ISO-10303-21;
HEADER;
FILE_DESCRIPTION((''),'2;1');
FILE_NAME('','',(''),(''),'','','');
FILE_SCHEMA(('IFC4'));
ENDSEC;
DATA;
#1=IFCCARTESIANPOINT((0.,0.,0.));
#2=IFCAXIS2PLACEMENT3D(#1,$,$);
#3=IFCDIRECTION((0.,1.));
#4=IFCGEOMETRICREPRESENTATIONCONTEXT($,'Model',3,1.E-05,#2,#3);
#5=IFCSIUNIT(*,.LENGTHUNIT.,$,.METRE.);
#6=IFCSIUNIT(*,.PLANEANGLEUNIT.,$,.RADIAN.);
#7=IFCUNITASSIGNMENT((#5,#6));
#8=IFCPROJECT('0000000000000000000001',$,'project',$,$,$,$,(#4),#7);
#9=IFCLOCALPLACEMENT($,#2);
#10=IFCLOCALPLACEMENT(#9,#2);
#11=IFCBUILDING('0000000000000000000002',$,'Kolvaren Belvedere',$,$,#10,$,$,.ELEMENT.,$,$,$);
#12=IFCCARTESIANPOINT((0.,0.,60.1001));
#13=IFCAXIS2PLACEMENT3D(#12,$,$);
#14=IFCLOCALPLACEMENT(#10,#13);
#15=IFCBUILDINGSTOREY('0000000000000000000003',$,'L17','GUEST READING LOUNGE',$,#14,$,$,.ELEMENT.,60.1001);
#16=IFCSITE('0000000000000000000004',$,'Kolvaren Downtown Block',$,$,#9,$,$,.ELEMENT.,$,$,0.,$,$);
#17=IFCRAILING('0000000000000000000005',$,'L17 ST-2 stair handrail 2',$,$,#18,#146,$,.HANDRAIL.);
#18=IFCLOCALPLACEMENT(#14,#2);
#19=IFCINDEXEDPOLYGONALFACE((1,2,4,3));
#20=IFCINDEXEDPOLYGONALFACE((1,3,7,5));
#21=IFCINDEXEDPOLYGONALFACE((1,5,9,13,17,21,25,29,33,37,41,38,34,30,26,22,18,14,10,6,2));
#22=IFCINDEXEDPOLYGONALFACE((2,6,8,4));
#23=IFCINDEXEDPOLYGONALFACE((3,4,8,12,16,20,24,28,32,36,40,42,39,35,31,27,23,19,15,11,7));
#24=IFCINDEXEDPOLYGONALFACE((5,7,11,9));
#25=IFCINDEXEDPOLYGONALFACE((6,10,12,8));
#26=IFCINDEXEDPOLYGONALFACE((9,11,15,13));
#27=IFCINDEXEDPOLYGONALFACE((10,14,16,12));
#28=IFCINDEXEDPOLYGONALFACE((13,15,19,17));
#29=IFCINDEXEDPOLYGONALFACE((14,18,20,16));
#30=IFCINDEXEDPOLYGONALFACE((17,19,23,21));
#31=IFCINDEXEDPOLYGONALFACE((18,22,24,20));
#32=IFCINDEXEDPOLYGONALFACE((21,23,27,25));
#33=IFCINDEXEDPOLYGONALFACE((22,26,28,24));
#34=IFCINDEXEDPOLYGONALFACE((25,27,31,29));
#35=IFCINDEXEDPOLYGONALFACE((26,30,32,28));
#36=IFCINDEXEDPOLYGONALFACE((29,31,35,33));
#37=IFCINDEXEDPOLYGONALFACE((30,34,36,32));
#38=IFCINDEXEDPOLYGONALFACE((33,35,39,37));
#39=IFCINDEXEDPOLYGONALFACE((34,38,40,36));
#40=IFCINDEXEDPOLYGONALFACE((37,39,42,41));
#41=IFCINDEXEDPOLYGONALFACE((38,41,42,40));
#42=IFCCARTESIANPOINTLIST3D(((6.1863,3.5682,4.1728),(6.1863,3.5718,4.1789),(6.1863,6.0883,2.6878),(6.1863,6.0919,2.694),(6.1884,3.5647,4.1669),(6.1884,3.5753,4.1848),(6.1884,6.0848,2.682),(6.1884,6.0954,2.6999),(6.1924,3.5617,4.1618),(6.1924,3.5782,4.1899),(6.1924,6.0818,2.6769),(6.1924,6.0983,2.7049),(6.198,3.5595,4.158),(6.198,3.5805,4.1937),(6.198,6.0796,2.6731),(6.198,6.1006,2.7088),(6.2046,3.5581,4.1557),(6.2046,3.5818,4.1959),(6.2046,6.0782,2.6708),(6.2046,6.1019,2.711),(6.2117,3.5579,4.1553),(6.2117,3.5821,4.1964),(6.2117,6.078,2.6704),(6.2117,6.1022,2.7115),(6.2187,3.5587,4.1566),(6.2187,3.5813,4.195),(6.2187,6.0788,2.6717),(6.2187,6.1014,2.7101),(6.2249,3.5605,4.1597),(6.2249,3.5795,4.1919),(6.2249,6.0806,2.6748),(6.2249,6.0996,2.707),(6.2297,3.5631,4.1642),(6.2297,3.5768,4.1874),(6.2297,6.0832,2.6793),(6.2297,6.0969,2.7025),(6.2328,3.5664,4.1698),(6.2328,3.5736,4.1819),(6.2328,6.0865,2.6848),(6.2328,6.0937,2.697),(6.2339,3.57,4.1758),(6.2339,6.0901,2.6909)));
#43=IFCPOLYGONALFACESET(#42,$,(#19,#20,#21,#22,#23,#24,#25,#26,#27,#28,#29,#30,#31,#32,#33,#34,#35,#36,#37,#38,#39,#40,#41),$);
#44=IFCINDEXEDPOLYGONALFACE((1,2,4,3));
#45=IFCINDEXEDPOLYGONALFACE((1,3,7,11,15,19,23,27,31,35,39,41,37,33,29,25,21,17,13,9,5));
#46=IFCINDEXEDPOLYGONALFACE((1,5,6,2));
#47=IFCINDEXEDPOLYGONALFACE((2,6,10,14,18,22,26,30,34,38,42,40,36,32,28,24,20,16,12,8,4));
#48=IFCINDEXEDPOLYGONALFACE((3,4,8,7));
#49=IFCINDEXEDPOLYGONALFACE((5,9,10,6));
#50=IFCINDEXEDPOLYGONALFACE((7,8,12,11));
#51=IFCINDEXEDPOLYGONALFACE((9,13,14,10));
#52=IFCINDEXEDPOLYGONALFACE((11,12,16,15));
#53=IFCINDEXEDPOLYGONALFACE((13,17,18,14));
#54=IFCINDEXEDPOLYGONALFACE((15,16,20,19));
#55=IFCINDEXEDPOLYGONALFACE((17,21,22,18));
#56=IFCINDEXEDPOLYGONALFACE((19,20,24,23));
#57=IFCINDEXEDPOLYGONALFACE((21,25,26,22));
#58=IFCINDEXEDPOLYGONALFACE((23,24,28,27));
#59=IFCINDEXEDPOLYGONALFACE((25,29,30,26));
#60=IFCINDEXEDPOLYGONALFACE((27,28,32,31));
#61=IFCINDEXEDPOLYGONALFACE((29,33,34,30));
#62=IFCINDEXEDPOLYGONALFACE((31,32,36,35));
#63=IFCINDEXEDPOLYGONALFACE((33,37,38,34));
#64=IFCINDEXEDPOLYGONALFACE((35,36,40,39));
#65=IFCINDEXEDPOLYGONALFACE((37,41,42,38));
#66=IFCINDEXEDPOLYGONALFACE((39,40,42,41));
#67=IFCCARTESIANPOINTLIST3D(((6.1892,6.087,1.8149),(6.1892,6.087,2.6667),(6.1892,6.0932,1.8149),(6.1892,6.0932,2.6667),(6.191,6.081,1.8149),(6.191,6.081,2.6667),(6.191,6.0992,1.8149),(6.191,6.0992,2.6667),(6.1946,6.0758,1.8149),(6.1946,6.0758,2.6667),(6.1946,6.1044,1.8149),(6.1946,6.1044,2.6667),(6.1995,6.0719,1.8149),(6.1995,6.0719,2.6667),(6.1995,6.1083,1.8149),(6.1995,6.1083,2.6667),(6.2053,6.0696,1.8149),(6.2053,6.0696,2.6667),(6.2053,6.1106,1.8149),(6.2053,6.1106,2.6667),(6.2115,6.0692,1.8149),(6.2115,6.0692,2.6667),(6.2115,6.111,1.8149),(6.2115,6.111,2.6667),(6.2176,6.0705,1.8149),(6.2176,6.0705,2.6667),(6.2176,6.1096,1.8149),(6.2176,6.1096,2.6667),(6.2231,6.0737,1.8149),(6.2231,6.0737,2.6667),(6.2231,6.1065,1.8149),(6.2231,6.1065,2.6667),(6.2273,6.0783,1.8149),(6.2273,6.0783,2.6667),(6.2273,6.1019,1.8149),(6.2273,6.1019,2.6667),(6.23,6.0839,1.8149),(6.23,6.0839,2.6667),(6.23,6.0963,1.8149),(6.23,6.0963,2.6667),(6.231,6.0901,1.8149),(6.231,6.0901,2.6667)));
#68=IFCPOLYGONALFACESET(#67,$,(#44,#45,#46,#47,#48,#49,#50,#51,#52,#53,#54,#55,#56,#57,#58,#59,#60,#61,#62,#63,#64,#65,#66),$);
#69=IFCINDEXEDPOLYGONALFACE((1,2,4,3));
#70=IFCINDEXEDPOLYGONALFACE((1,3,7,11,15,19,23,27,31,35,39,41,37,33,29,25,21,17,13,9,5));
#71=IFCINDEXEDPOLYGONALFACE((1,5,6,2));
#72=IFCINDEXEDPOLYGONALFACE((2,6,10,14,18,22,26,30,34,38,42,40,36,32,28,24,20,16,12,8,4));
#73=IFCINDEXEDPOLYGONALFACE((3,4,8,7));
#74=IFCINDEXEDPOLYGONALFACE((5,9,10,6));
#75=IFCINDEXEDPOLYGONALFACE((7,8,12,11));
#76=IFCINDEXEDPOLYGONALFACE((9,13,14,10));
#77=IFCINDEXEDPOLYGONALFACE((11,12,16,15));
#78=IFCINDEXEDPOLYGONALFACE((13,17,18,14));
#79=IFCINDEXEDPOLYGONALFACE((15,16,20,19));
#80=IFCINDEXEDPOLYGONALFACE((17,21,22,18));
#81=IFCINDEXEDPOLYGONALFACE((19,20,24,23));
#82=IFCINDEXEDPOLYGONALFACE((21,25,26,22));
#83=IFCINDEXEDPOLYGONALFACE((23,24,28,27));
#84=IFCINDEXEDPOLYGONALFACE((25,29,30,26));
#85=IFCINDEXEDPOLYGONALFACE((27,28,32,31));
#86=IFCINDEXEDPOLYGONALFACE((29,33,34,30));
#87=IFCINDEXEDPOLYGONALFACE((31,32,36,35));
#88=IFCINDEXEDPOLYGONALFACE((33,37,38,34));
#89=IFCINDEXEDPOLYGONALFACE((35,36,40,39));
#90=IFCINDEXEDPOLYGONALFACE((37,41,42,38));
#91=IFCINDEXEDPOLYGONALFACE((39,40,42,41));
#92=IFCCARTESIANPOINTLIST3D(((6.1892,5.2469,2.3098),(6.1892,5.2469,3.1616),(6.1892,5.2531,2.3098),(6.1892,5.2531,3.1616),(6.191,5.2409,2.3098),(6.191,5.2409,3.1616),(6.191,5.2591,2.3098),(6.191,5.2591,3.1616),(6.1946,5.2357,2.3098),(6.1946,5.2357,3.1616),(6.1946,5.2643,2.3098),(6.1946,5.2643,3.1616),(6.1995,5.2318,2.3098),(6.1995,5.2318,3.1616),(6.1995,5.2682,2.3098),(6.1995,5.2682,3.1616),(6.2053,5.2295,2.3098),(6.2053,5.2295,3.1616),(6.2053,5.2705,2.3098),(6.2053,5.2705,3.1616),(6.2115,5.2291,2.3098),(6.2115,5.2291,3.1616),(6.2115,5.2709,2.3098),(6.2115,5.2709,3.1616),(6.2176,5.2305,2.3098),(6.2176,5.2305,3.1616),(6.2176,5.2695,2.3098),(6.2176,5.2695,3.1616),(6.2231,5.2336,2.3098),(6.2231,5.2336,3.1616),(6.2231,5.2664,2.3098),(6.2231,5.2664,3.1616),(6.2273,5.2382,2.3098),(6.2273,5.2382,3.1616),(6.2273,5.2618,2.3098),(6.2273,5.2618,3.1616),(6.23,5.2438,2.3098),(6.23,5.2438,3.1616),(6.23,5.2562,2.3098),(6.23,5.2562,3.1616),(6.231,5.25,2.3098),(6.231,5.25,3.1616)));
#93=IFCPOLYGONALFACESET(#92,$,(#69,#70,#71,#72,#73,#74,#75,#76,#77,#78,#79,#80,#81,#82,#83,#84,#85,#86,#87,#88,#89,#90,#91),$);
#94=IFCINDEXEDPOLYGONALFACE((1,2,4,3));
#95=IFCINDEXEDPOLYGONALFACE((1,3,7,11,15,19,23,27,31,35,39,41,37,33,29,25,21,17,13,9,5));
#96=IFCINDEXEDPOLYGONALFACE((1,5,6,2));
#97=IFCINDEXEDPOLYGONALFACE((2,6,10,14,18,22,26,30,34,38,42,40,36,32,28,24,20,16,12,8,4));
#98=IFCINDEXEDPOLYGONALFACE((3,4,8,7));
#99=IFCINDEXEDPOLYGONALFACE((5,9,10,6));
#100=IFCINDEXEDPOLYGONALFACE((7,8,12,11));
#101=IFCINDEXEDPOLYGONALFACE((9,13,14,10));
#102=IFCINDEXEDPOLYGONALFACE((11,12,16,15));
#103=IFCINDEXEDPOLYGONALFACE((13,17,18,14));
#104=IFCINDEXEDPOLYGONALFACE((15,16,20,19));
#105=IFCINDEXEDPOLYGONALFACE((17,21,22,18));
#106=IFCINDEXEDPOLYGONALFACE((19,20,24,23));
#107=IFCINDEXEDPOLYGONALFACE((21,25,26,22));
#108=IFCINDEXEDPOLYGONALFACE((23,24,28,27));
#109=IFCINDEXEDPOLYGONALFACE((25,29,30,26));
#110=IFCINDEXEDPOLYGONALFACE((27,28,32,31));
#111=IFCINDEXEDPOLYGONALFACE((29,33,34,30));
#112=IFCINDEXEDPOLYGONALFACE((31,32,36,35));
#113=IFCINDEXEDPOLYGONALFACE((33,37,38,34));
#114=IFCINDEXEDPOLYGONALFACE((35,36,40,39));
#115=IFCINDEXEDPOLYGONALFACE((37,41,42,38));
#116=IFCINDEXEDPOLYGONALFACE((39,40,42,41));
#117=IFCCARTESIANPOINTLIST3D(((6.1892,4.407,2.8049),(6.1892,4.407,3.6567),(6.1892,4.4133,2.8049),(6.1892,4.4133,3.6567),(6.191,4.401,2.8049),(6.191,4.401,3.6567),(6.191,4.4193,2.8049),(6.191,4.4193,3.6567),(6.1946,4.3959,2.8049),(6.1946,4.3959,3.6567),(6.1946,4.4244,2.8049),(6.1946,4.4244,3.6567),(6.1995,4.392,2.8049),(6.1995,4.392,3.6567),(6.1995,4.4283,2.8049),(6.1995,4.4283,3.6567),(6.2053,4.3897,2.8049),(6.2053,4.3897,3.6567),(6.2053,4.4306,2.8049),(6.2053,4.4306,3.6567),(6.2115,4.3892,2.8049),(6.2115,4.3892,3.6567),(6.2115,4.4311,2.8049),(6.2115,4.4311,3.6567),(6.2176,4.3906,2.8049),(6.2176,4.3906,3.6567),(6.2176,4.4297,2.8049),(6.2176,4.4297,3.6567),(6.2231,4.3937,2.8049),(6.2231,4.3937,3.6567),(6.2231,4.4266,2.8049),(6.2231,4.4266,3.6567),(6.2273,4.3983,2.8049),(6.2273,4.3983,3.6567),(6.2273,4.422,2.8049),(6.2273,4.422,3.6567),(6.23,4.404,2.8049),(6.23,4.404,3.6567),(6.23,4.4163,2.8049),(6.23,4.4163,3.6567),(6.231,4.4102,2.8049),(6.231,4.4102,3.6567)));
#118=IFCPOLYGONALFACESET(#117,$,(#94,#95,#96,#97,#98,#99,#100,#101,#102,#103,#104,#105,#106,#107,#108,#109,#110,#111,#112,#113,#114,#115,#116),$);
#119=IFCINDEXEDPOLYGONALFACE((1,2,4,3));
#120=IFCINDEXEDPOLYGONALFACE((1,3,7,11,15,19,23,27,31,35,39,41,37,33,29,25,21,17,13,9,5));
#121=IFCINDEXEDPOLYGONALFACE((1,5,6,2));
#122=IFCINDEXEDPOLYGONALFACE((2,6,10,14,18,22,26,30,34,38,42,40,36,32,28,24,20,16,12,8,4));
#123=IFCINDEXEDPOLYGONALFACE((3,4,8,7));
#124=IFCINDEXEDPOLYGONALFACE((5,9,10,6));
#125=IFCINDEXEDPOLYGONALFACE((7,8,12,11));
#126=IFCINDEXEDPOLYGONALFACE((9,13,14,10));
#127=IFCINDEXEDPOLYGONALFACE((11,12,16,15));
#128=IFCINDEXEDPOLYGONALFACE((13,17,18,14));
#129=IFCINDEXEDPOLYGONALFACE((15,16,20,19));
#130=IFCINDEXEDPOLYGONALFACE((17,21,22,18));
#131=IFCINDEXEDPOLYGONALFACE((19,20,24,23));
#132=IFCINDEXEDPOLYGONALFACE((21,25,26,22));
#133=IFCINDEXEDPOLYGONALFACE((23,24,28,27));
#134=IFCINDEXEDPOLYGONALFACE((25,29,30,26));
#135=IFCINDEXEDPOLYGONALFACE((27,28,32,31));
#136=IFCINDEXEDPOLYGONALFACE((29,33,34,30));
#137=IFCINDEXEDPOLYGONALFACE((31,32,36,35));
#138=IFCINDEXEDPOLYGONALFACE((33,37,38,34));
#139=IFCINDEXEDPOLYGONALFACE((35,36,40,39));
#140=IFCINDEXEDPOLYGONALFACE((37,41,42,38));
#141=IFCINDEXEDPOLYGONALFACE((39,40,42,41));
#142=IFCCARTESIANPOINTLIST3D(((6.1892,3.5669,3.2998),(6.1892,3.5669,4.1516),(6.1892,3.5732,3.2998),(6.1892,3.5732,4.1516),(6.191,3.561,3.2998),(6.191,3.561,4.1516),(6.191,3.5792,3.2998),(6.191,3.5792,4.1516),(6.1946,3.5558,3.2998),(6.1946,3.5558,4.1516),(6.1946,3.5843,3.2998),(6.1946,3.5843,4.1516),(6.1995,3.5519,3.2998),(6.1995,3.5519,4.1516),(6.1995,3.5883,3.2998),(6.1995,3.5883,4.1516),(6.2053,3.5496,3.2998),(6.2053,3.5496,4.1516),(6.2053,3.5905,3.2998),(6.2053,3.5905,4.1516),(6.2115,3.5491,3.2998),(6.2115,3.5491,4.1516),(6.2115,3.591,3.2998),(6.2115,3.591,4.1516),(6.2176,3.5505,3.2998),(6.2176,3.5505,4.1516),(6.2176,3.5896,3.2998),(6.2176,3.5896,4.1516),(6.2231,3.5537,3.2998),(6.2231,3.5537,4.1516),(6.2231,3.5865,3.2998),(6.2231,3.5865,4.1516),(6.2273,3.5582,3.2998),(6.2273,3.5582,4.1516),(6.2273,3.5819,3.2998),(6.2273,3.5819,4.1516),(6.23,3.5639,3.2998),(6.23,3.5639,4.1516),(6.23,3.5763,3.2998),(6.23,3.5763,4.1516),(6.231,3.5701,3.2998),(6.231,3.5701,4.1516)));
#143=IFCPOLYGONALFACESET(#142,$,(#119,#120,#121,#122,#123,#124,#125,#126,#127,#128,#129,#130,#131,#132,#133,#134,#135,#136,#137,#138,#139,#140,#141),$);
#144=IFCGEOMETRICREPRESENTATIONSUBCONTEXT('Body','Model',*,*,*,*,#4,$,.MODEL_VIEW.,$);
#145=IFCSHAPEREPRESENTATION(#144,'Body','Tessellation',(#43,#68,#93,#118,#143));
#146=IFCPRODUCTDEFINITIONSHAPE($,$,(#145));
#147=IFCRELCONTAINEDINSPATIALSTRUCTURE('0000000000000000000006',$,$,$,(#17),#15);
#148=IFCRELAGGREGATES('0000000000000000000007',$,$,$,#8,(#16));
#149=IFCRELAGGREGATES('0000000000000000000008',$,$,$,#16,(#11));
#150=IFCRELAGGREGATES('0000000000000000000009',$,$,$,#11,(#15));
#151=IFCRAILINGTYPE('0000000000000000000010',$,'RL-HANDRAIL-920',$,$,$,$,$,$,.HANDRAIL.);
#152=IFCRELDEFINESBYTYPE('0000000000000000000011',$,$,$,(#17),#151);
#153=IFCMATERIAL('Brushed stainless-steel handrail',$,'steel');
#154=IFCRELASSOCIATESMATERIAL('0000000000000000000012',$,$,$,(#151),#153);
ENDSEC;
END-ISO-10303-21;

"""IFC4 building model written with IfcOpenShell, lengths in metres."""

from ifc_helpers import new_model, si_unit, direction, frame, origin, origin_2d, place, context, subcontext, project, spatial, circle, extrude, material, type_object, element, save


model = new_model("IFC4")

# Units and contexts
model_context = context("Model", 3, precision=1e-05, world=origin(), true_north=direction((0.0, 1.0)))
body_context = subcontext(model_context, "Body", "Model", "MODEL_VIEW")
ifc_project = project(units=[si_unit("LENGTHUNIT", "METRE"), si_unit("PLANEANGLEUNIT", "RADIAN")], contexts=[model_context])

# Site, building, storey
site_placement = place(None, origin())
site = spatial("IfcSite", under=ifc_project, at=site_placement, Name="Kolvaren Downtown Block", CompositionType="ELEMENT", RefElevation=0.0)
building_placement = place(site_placement, origin())
building = spatial("IfcBuilding", under=site, at=building_placement, Name="Kolvaren Belvedere", CompositionType="ELEMENT")
storey_placement = place(building_placement, frame((0.0, 0.0, 60.1001)))
storey = spatial("IfcBuildingStorey", under=building, at=storey_placement, Name="L17", Description="GUEST READING LOUNGE", CompositionType="ELEMENT", Elevation=60.1001)

# Railing
ifc_material_1 = material(Name="Brushed stainless-steel handrail", Category="steel")
railing_type_1 = type_object("IfcRailingType", Name="RL-HANDRAIL-920", PredefinedType="HANDRAIL", material=ifc_material_1)
railing_1_placement = place(storey_placement, frame((6.21, 6.0901, 1.8149)))
element("IfcRailing", 1, at=railing_1_placement, inside=storey, type_object=railing_type_1, Name="L17 ST-2 stair handrail 2", PredefinedType="HANDRAIL", context=body_context, shape_type="SweptSolid", body=[
    extrude(circle(Radius=0.0239, at=origin_2d()), frame((0.0, 0.0, 0.876), z_axis=(0.0, -0.861561, 0.507655), x_axis=(1.0, 0.0, 0.0)), (0.0, 0.0, 1.0), 2.925),
    extrude(circle(Radius=0.021, at=origin_2d()), origin(), (0.0, 0.0, 1.0), 0.8518),
    extrude(circle(Radius=0.021, at=origin_2d()), frame((0.0, -0.8401, 0.4949)), (0.0, 0.0, 1.0), 0.8518),
    extrude(circle(Radius=0.021, at=origin_2d()), frame((0.0, -1.6799, 0.99)), (0.0, 0.0, 1.0), 0.8518),
    extrude(circle(Radius=0.021, at=origin_2d()), frame((0.0, -2.52, 1.4849)), (0.0, 0.0, 1.0), 0.8518),
])

save(model, "model.ifc")
